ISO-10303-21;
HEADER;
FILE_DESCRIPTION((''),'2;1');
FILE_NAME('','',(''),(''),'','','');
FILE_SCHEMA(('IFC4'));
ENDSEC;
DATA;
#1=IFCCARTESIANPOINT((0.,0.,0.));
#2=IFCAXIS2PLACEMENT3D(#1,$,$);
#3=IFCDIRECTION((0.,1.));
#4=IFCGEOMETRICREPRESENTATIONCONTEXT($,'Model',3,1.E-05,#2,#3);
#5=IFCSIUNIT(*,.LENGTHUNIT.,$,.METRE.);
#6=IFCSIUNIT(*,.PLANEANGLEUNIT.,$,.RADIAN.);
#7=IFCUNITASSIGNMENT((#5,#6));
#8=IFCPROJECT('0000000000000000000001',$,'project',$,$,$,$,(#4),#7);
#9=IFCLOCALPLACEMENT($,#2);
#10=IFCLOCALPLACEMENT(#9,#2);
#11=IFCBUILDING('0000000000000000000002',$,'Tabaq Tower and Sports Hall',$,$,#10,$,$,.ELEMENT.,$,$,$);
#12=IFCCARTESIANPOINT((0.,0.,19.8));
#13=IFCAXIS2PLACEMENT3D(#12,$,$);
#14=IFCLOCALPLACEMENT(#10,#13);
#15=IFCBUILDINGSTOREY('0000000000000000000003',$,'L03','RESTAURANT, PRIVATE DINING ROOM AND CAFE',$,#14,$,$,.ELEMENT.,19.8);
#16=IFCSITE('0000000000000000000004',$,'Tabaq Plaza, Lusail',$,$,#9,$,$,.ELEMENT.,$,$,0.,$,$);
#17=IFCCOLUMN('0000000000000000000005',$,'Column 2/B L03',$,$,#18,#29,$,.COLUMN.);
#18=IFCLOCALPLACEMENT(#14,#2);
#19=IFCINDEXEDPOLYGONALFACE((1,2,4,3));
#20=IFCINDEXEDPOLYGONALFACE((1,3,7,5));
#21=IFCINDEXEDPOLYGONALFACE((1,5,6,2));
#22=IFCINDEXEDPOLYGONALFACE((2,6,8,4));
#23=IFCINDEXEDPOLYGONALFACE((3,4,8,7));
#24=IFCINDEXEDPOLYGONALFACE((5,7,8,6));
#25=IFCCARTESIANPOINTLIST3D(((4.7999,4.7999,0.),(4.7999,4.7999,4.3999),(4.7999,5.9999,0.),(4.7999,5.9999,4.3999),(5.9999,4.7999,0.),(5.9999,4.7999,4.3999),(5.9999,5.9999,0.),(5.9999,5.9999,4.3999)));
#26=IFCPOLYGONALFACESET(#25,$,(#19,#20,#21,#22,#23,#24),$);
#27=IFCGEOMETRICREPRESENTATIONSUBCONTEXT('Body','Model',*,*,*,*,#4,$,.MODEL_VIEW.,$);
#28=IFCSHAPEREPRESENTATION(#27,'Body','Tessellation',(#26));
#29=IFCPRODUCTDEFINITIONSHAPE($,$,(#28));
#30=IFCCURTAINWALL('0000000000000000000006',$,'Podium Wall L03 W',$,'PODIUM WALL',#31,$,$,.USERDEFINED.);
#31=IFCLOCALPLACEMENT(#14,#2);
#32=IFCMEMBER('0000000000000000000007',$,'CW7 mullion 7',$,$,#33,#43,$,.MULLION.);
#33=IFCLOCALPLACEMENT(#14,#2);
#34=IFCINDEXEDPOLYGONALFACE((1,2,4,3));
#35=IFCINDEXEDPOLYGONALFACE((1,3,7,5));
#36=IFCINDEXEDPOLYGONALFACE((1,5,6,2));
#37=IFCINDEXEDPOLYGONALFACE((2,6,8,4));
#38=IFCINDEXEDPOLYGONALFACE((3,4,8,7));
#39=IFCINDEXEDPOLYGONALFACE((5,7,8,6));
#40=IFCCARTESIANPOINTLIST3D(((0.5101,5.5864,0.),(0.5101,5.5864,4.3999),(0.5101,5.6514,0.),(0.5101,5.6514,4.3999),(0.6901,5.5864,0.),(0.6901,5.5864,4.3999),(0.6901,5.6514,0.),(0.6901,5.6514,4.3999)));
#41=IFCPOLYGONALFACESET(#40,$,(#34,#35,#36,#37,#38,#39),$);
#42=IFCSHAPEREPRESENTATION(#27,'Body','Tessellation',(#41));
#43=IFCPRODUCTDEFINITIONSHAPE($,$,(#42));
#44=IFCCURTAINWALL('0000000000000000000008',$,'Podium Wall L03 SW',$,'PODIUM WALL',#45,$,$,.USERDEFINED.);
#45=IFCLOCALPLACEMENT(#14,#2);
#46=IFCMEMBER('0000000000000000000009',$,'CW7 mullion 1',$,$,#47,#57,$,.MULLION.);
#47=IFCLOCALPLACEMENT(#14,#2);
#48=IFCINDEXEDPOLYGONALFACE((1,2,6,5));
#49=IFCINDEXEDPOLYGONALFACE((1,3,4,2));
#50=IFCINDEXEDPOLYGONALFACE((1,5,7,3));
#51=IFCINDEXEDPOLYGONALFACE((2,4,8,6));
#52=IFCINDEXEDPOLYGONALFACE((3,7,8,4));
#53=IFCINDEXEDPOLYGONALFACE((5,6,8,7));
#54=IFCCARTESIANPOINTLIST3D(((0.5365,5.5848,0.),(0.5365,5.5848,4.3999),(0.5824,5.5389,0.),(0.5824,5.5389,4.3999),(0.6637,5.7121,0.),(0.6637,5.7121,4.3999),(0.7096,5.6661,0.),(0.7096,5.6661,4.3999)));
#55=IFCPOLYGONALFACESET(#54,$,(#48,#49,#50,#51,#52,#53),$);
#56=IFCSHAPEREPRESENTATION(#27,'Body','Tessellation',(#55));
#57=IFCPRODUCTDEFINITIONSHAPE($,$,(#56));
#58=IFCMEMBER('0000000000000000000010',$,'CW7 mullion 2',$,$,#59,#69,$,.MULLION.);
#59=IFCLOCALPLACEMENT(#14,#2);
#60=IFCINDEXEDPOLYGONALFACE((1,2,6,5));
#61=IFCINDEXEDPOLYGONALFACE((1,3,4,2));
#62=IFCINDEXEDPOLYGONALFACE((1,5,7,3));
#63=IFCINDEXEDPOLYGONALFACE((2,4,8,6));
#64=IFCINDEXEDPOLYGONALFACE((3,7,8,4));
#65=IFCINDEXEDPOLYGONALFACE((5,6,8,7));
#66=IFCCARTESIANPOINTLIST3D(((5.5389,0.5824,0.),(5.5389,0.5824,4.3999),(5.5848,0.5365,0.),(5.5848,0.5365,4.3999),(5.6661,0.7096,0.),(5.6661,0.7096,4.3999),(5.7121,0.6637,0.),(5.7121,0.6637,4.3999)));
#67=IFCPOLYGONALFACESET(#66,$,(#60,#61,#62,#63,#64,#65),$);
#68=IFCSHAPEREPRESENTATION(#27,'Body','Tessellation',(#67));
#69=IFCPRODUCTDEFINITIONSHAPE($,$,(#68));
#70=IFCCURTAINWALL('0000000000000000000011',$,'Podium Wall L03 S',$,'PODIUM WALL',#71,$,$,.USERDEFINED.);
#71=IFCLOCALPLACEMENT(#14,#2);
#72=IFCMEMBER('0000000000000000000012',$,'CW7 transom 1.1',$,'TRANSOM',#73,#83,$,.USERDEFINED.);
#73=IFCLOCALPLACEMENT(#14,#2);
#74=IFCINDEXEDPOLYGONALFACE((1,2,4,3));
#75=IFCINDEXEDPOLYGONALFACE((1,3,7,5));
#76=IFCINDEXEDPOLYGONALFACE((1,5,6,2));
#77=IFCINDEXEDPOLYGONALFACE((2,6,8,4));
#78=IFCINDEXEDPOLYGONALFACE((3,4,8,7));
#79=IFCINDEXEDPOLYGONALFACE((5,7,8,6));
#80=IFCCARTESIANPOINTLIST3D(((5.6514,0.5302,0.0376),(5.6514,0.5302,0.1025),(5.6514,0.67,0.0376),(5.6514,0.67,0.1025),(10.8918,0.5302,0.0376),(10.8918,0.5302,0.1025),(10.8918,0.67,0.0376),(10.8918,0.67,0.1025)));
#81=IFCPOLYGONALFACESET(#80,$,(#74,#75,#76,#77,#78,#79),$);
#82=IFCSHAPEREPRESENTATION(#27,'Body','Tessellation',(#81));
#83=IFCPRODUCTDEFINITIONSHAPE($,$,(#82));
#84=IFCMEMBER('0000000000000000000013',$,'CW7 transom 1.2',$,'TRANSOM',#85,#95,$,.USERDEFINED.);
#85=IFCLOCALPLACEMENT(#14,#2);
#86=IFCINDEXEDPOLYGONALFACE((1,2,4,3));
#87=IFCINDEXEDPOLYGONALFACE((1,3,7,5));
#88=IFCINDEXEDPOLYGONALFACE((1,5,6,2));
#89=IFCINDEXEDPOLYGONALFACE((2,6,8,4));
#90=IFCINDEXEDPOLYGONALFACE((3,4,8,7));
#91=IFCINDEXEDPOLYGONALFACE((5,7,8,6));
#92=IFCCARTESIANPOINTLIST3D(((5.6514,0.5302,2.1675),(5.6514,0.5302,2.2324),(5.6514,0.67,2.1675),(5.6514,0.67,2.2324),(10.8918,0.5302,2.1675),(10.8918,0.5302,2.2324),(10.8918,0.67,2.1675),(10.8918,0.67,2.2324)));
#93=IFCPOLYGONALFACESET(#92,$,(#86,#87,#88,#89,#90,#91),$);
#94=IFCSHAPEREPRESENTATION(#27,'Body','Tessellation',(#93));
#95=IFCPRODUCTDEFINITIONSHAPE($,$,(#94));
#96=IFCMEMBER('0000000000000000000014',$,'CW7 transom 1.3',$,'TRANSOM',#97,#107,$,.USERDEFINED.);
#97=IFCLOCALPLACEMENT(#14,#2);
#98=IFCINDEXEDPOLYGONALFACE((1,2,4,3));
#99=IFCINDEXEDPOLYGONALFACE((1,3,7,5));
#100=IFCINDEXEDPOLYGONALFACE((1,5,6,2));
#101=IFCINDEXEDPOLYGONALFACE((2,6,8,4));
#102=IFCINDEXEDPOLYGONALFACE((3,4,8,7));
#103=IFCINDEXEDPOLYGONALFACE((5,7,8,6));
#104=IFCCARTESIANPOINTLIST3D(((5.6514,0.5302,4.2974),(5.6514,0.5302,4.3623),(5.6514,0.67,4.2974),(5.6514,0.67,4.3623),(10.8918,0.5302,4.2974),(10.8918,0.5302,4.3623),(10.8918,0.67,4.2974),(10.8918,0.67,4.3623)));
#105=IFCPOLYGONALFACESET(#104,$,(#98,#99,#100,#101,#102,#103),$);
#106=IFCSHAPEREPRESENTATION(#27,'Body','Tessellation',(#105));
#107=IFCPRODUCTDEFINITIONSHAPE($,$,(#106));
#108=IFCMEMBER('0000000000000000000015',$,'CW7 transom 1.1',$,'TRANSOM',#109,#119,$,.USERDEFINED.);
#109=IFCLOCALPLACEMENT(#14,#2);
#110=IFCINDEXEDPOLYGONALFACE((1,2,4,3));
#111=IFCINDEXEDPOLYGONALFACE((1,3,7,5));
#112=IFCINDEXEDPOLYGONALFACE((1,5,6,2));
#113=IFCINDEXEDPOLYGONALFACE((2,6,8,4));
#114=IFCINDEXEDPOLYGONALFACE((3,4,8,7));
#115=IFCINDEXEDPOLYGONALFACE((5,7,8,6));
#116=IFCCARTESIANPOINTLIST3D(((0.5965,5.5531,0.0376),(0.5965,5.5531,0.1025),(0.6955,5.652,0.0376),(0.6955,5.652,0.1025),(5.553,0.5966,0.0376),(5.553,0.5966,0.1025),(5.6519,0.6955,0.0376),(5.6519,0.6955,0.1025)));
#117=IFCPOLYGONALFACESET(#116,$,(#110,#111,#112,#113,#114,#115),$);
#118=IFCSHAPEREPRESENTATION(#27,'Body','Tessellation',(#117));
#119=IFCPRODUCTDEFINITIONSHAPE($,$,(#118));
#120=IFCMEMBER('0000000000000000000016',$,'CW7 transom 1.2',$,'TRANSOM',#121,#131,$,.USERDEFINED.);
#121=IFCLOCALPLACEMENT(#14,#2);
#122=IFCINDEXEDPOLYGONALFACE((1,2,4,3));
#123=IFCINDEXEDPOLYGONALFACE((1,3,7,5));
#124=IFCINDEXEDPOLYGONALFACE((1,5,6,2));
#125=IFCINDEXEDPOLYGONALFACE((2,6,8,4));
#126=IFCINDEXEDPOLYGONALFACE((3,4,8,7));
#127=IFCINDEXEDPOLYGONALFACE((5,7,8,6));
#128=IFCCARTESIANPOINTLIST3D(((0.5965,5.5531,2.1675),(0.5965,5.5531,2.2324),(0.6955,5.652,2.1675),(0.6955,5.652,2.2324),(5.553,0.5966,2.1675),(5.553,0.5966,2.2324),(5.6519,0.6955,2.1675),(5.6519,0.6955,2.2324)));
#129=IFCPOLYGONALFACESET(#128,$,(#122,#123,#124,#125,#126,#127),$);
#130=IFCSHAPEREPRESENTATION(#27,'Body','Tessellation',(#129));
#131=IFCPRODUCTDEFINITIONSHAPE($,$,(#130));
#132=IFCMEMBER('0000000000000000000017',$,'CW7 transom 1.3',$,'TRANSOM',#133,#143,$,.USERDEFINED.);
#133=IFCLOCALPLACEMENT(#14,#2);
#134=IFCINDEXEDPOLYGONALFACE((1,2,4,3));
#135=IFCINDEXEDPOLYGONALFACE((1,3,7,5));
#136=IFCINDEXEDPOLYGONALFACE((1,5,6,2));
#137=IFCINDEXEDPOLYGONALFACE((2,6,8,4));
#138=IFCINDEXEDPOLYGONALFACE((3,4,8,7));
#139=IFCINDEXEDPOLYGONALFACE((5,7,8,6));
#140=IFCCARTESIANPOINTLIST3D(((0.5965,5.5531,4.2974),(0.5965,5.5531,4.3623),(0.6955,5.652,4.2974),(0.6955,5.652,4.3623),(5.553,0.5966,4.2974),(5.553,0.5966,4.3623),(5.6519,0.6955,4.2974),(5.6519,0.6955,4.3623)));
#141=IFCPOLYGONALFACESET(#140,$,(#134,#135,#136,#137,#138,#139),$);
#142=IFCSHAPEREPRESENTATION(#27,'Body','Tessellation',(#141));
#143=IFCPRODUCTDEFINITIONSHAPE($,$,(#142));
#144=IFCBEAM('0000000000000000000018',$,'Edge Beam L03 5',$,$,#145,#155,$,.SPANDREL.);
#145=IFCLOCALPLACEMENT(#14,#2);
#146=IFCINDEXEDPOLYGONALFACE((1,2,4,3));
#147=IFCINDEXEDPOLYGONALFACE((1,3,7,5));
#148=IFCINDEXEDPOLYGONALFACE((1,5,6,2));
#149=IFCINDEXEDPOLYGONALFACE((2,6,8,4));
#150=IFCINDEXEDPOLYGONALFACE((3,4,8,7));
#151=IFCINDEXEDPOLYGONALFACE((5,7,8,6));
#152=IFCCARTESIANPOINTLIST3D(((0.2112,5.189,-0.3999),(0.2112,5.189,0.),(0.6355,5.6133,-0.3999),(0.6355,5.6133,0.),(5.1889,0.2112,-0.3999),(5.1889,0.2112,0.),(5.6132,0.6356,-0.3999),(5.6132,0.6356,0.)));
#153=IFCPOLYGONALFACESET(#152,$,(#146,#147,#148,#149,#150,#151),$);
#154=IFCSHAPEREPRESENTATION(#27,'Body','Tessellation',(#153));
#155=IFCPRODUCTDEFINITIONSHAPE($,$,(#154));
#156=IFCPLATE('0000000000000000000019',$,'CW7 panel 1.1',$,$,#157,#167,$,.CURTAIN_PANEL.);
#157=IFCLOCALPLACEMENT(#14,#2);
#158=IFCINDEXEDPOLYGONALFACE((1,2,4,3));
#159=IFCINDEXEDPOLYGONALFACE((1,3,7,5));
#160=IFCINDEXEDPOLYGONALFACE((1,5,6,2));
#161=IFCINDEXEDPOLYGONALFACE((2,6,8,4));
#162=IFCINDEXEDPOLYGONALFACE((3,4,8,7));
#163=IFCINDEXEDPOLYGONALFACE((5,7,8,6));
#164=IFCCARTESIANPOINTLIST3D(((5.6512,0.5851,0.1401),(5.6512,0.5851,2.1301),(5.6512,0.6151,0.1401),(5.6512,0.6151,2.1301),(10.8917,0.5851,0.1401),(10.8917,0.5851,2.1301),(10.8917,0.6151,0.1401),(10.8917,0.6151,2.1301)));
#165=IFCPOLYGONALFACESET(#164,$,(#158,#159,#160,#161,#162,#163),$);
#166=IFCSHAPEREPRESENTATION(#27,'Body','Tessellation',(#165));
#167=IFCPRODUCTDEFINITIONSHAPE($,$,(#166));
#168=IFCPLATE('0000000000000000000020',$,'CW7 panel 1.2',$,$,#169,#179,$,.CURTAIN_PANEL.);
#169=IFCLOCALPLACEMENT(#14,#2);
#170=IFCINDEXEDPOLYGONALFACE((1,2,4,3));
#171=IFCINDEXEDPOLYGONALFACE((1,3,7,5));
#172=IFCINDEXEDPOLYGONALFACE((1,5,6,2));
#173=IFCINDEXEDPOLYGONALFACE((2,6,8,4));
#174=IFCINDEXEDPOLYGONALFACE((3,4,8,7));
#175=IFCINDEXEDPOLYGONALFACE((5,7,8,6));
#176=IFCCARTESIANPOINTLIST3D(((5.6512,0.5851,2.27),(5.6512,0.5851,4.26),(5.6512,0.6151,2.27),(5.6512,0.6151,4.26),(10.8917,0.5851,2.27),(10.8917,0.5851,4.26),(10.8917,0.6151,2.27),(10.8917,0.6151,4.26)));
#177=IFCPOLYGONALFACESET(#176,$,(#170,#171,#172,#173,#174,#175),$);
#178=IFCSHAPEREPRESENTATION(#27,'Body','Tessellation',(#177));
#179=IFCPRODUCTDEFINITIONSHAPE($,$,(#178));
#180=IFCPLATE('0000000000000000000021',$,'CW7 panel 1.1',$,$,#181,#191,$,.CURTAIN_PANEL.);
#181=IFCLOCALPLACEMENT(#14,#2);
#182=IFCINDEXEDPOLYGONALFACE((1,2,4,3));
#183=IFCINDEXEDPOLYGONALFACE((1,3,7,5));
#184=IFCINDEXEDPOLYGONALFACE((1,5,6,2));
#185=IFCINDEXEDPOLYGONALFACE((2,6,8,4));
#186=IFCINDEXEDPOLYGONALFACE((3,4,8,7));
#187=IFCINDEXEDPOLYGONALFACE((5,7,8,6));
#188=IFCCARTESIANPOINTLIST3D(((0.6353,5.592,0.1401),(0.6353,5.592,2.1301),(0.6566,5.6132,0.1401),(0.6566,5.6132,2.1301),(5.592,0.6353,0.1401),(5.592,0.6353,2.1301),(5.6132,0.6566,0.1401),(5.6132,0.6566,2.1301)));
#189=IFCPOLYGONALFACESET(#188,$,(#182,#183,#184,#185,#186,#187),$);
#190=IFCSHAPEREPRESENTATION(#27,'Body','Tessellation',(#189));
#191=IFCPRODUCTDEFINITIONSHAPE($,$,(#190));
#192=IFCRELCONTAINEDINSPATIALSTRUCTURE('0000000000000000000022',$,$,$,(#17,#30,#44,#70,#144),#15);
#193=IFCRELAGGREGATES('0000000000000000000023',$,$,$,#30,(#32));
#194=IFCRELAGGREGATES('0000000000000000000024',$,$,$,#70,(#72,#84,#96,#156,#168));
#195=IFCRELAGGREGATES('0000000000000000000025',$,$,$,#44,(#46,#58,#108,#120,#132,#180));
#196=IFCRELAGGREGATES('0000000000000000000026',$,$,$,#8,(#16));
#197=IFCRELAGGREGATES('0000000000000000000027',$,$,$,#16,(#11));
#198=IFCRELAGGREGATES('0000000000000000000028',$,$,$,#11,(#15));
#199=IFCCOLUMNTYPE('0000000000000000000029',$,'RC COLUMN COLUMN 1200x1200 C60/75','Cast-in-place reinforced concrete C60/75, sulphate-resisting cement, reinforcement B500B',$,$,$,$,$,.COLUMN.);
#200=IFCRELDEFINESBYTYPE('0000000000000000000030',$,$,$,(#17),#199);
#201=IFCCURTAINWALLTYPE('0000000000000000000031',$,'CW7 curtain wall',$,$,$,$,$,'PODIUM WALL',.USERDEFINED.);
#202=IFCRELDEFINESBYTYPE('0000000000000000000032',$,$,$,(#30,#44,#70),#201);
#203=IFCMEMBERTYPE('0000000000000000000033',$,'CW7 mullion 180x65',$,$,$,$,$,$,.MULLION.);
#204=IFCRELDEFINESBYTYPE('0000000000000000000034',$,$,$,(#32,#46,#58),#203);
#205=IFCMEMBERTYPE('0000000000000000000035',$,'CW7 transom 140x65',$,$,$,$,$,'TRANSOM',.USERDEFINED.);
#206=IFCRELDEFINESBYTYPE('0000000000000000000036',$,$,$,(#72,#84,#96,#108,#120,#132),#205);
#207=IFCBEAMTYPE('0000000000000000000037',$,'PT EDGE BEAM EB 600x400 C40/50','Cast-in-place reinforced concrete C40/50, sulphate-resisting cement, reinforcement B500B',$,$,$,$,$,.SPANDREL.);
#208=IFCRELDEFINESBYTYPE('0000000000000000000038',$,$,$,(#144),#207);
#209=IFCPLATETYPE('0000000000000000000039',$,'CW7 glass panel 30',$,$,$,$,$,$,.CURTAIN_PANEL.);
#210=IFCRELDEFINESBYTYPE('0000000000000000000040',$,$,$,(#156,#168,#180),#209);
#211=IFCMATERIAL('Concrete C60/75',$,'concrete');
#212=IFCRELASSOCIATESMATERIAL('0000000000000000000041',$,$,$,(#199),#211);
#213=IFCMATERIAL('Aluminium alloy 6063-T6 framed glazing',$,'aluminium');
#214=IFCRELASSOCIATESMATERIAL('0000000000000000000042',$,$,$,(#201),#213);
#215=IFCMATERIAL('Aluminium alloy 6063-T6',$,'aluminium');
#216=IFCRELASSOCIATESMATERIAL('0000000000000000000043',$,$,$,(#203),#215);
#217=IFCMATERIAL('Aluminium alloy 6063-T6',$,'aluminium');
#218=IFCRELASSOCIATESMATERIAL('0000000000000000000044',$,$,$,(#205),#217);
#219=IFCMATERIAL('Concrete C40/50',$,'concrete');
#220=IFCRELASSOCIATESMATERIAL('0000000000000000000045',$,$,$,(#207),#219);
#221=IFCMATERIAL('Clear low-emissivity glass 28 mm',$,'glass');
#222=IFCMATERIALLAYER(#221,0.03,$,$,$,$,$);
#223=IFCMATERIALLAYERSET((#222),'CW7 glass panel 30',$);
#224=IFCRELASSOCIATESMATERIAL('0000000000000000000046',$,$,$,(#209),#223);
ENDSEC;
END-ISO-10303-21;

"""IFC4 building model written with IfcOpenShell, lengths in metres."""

from ifc_helpers import new_model, si_unit, direction, frame, origin, origin_2d, place, context, subcontext, project, spatial, rectangle, extrude, material, layer, layer_set, material_profile, profile_set, type_object, element, aggregate, save


model = new_model("IFC4")

# Units and contexts
model_context = context("Model", 3, precision=1e-05, world=origin(), true_north=direction((0.0, 1.0)))
body_context = subcontext(model_context, "Body", "Model", "MODEL_VIEW")
ifc_project = project(units=[si_unit("LENGTHUNIT", "METRE"), si_unit("PLANEANGLEUNIT", "RADIAN")], contexts=[model_context])

# Site, building, storey
site_placement = place(None, origin())
site = spatial("IfcSite", under=ifc_project, at=site_placement, Name="Tabaq Plaza, Lusail", CompositionType="ELEMENT", RefElevation=0.0)
building_placement = place(site_placement, origin())
building = spatial("IfcBuilding", under=site, at=building_placement, Name="Tabaq Tower and Sports Hall", CompositionType="ELEMENT")
storey_placement = place(building_placement, frame((0.0, 0.0, 19.8)))
storey = spatial("IfcBuildingStorey", under=building, at=storey_placement, Name="L03", Description="RESTAURANT, PRIVATE DINING ROOM AND CAFE", CompositionType="ELEMENT", Elevation=19.8)

# Column
ifc_material_1 = material(Name="Concrete C60/75", Category="concrete")
ifc_material_profile_1 = material_profile(ifc_material_1, rectangle(XDim=1.2, YDim=1.2, at=origin_2d()), Name="COLUMN 1200x1200")
ifc_profile_set_1 = profile_set([ifc_material_profile_1], Name="Concrete C60/75")
column_type = type_object("IfcColumnType", Name="RC COLUMN COLUMN 1200x1200 C60/75", Description="Cast-in-place reinforced concrete C60/75, sulphate-resisting cement, reinforcement B500B", PredefinedType="COLUMN", material=ifc_profile_set_1)
column_placement = place(storey_placement, frame((5.3999, 5.3999, 0.0), z_axis=(0.0, 0.0, 1.0), x_axis=(1.0, 0.0, 0.0)))
element("IfcColumn", 1, at=column_placement, inside=storey, type_object=column_type, Name="Column 2/B L03", PredefinedType="COLUMN", context=body_context, shape_type="SweptSolid", body=[
    extrude(rectangle(XDim=1.2, YDim=1.2, at=origin_2d()), origin(), (0.0, 0.0, 1.0), 4.3999),
])

# Curtain wall, member
ifc_material_2 = material(Name="Aluminium alloy 6063-T6 framed glazing", Category="aluminium")
curtain_wall_type = type_object("IfcCurtainWallType", Name="CW7 curtain wall", ElementType="PODIUM WALL", PredefinedType="USERDEFINED", material=ifc_material_2)
curtain_wall_1_placement = place(storey_placement, origin())
curtain_wall_1 = element("IfcCurtainWall", 2, at=curtain_wall_1_placement, inside=storey, type_object=curtain_wall_type, Name="Podium Wall L03 W", ObjectType="PODIUM WALL", PredefinedType="USERDEFINED")
ifc_material_3 = material(Name="Aluminium alloy 6063-T6", Category="aluminium")
ifc_material_profile_2 = material_profile(ifc_material_3, rectangle(XDim=0.1799, YDim=0.0649, at=origin_2d()), Name="MULLION 180x65")
ifc_profile_set_2 = profile_set([ifc_material_profile_2], Name="Aluminium alloy 6063-T6")
member_type_1 = type_object("IfcMemberType", Name="CW7 mullion 180x65", PredefinedType="MULLION", material=ifc_profile_set_2)
member_1_placement = place(storey_placement, frame((0.6001, 5.6189, 0.0), z_axis=(0.0, 0.0, 1.0), x_axis=(1.0, 0.0, 0.0)))
member_1 = element("IfcMember", 3, at=member_1_placement, type_object=member_type_1, Name="CW7 mullion 7", PredefinedType="MULLION", context=body_context, shape_type="SweptSolid", body=[
    extrude(rectangle(XDim=0.1799, YDim=0.0649, at=origin_2d()), origin(), (0.0, 0.0, 1.0), 4.3999),
])
aggregate(curtain_wall_1, [member_1])

# Curtain walls, members
curtain_wall_2_placement = place(storey_placement, origin())
curtain_wall_2 = element("IfcCurtainWall", 4, at=curtain_wall_2_placement, inside=storey, type_object=curtain_wall_type, Name="Podium Wall L03 SW", ObjectType="PODIUM WALL", PredefinedType="USERDEFINED")
member_2_placement = place(storey_placement, frame((0.623, 5.6255, 0.0), z_axis=(0.0, 0.0, 1.0), x_axis=(0.707107, 0.707107, 0.0)))
member_2 = element("IfcMember", 5, at=member_2_placement, type_object=member_type_1, Name="CW7 mullion 1", PredefinedType="MULLION", context=body_context, shape_type="SweptSolid", body=[
    extrude(rectangle(XDim=0.1799, YDim=0.0649, at=origin_2d()), origin(), (0.0, 0.0, 1.0), 4.3999),
])
member_3_placement = place(storey_placement, frame((5.6255, 0.623, 0.0), z_axis=(0.0, 0.0, 1.0), x_axis=(0.707107, 0.707107, 0.0)))
member_3 = element("IfcMember", 6, at=member_3_placement, type_object=member_type_1, Name="CW7 mullion 2", PredefinedType="MULLION", context=body_context, shape_type="SweptSolid", body=[
    extrude(rectangle(XDim=0.1799, YDim=0.0649, at=origin_2d()), origin(), (0.0, 0.0, 1.0), 4.3999),
])
curtain_wall_3_placement = place(storey_placement, origin())
curtain_wall_3 = element("IfcCurtainWall", 7, at=curtain_wall_3_placement, inside=storey, type_object=curtain_wall_type, Name="Podium Wall L03 S", ObjectType="PODIUM WALL", PredefinedType="USERDEFINED")
ifc_material_4 = material(Name="Aluminium alloy 6063-T6", Category="aluminium")
ifc_material_profile_3 = material_profile(ifc_material_4, rectangle(XDim=0.1399, YDim=0.0649, at=origin_2d()), Name="TRANSOM 140x65")
ifc_profile_set_3 = profile_set([ifc_material_profile_3], Name="Aluminium alloy 6063-T6")
member_type_2 = type_object("IfcMemberType", Name="CW7 transom 140x65", ElementType="TRANSOM", PredefinedType="USERDEFINED", material=ifc_profile_set_3)
member_4_placement = place(storey_placement, frame((5.6514, 0.6001, 0.0701), z_axis=(1.0, 0.0, 0.0), x_axis=(0.0, 1.0, 0.0)))
member_4 = element("IfcMember", 8, at=member_4_placement, type_object=member_type_2, Name="CW7 transom 1.1", ObjectType="TRANSOM", PredefinedType="USERDEFINED", context=body_context, shape_type="SweptSolid", body=[
    extrude(rectangle(XDim=0.1399, YDim=0.0649, at=origin_2d()), origin(), (0.0, 0.0, 1.0), 5.2405),
])
member_5_placement = place(storey_placement, frame((5.6514, 0.6001, 2.2), z_axis=(1.0, 0.0, 0.0), x_axis=(0.0, 1.0, 0.0)))
member_5 = element("IfcMember", 9, at=member_5_placement, type_object=member_type_2, Name="CW7 transom 1.2", ObjectType="TRANSOM", PredefinedType="USERDEFINED", context=body_context, shape_type="SweptSolid", body=[
    extrude(rectangle(XDim=0.1399, YDim=0.0649, at=origin_2d()), origin(), (0.0, 0.0, 1.0), 5.2405),
])
member_6_placement = place(storey_placement, frame((5.6514, 0.6001, 4.3298), z_axis=(1.0, 0.0, 0.0), x_axis=(0.0, 1.0, 0.0)))
member_6 = element("IfcMember", 10, at=member_6_placement, type_object=member_type_2, Name="CW7 transom 1.3", ObjectType="TRANSOM", PredefinedType="USERDEFINED", context=body_context, shape_type="SweptSolid", body=[
    extrude(rectangle(XDim=0.1399, YDim=0.0649, at=origin_2d()), origin(), (0.0, 0.0, 1.0), 5.2405),
])

# Members
member_7_placement = place(storey_placement, frame((0.646, 5.6025, 0.0701), z_axis=(0.707107, -0.707107, 0.0), x_axis=(0.707107, 0.707107, 0.0)))
member_7 = element("IfcMember", 11, at=member_7_placement, type_object=member_type_2, Name="CW7 transom 1.1", ObjectType="TRANSOM", PredefinedType="USERDEFINED", context=body_context, shape_type="SweptSolid", body=[
    extrude(rectangle(XDim=0.1399, YDim=0.0649, at=origin_2d()), origin(), (0.0, 0.0, 1.0), 7.0095),
])
member_8_placement = place(storey_placement, frame((0.646, 5.6025, 2.2), z_axis=(0.707107, -0.707107, 0.0), x_axis=(0.707107, 0.707107, 0.0)))
member_8 = element("IfcMember", 12, at=member_8_placement, type_object=member_type_2, Name="CW7 transom 1.2", ObjectType="TRANSOM", PredefinedType="USERDEFINED", context=body_context, shape_type="SweptSolid", body=[
    extrude(rectangle(XDim=0.1399, YDim=0.0649, at=origin_2d()), origin(), (0.0, 0.0, 1.0), 7.0095),
])
member_9_placement = place(storey_placement, frame((0.646, 5.6025, 4.3298), z_axis=(0.707107, -0.707107, 0.0), x_axis=(0.707107, 0.707107, 0.0)))
member_9 = element("IfcMember", 13, at=member_9_placement, type_object=member_type_2, Name="CW7 transom 1.3", ObjectType="TRANSOM", PredefinedType="USERDEFINED", context=body_context, shape_type="SweptSolid", body=[
    extrude(rectangle(XDim=0.1399, YDim=0.0649, at=origin_2d()), origin(), (0.0, 0.0, 1.0), 7.0095),
])

# Beam
ifc_material_5 = material(Name="Concrete C40/50", Category="concrete")
ifc_material_profile_4 = material_profile(ifc_material_5, rectangle(XDim=0.6001, YDim=0.3999, at=origin_2d()), Name="EB 600x400")
ifc_profile_set_4 = profile_set([ifc_material_profile_4], Name="Concrete C40/50")
beam_type = type_object("IfcBeamType", Name="PT EDGE BEAM EB 600x400 C40/50", Description="Cast-in-place reinforced concrete C40/50, sulphate-resisting cement, reinforcement B500B", PredefinedType="SPANDREL", material=ifc_profile_set_4)
beam_placement = place(storey_placement, frame((0.4233, 5.4011, -0.2), z_axis=(0.707107, -0.707107, 0.0), x_axis=(0.707107, 0.707107, 0.0)))
element("IfcBeam", 14, at=beam_placement, inside=storey, type_object=beam_type, Name="Edge Beam L03 5", PredefinedType="SPANDREL", context=body_context, shape_type="SweptSolid", body=[
    extrude(rectangle(XDim=0.6001, YDim=0.3999, at=origin_2d()), origin(), (0.0, 0.0, 1.0), 7.0396),
])

# Plates
ifc_material_6 = material(Name="Clear low-emissivity glass 28 mm", Category="glass")
ifc_layer = layer(ifc_material_6, 0.03)
ifc_layer_set = layer_set([ifc_layer], Name="CW7 glass panel 30")
plate_type = type_object("IfcPlateType", Name="CW7 glass panel 30", PredefinedType="CURTAIN_PANEL", material=ifc_layer_set)
plate_1_placement = place(storey_placement, frame((8.2715, 0.6001, 0.1401), z_axis=(0.0, 0.0, 1.0), x_axis=(1.0, 0.0, 0.0)))
plate_1 = element("IfcPlate", 15, at=plate_1_placement, type_object=plate_type, Name="CW7 panel 1.1", PredefinedType="CURTAIN_PANEL", context=body_context, shape_type="SweptSolid", body=[
    extrude(rectangle(XDim=5.2405, YDim=0.03, at=origin_2d()), origin(), (0.0, 0.0, 1.0), 1.99),
])
plate_2_placement = place(storey_placement, frame((8.2715, 0.6001, 2.27), z_axis=(0.0, 0.0, 1.0), x_axis=(1.0, 0.0, 0.0)))
plate_2 = element("IfcPlate", 16, at=plate_2_placement, type_object=plate_type, Name="CW7 panel 1.2", PredefinedType="CURTAIN_PANEL", context=body_context, shape_type="SweptSolid", body=[
    extrude(rectangle(XDim=5.2405, YDim=0.03, at=origin_2d()), origin(), (0.0, 0.0, 1.0), 1.99),
])
aggregate(curtain_wall_3, [member_4, member_5, member_6, plate_1, plate_2])
plate_3_placement = place(storey_placement, frame((3.1243, 3.1243, 0.1401), z_axis=(0.0, 0.0, 1.0), x_axis=(0.707107, -0.707107, 0.0)))
plate_3 = element("IfcPlate", 17, at=plate_3_placement, type_object=plate_type, Name="CW7 panel 1.1", PredefinedType="CURTAIN_PANEL", context=body_context, shape_type="SweptSolid", body=[
    extrude(rectangle(XDim=7.0098, YDim=0.03, at=origin_2d()), origin(), (0.0, 0.0, 1.0), 1.99),
])
aggregate(curtain_wall_2, [member_2, member_3, member_7, member_8, member_9, plate_3])

save(model, "model.ifc")
